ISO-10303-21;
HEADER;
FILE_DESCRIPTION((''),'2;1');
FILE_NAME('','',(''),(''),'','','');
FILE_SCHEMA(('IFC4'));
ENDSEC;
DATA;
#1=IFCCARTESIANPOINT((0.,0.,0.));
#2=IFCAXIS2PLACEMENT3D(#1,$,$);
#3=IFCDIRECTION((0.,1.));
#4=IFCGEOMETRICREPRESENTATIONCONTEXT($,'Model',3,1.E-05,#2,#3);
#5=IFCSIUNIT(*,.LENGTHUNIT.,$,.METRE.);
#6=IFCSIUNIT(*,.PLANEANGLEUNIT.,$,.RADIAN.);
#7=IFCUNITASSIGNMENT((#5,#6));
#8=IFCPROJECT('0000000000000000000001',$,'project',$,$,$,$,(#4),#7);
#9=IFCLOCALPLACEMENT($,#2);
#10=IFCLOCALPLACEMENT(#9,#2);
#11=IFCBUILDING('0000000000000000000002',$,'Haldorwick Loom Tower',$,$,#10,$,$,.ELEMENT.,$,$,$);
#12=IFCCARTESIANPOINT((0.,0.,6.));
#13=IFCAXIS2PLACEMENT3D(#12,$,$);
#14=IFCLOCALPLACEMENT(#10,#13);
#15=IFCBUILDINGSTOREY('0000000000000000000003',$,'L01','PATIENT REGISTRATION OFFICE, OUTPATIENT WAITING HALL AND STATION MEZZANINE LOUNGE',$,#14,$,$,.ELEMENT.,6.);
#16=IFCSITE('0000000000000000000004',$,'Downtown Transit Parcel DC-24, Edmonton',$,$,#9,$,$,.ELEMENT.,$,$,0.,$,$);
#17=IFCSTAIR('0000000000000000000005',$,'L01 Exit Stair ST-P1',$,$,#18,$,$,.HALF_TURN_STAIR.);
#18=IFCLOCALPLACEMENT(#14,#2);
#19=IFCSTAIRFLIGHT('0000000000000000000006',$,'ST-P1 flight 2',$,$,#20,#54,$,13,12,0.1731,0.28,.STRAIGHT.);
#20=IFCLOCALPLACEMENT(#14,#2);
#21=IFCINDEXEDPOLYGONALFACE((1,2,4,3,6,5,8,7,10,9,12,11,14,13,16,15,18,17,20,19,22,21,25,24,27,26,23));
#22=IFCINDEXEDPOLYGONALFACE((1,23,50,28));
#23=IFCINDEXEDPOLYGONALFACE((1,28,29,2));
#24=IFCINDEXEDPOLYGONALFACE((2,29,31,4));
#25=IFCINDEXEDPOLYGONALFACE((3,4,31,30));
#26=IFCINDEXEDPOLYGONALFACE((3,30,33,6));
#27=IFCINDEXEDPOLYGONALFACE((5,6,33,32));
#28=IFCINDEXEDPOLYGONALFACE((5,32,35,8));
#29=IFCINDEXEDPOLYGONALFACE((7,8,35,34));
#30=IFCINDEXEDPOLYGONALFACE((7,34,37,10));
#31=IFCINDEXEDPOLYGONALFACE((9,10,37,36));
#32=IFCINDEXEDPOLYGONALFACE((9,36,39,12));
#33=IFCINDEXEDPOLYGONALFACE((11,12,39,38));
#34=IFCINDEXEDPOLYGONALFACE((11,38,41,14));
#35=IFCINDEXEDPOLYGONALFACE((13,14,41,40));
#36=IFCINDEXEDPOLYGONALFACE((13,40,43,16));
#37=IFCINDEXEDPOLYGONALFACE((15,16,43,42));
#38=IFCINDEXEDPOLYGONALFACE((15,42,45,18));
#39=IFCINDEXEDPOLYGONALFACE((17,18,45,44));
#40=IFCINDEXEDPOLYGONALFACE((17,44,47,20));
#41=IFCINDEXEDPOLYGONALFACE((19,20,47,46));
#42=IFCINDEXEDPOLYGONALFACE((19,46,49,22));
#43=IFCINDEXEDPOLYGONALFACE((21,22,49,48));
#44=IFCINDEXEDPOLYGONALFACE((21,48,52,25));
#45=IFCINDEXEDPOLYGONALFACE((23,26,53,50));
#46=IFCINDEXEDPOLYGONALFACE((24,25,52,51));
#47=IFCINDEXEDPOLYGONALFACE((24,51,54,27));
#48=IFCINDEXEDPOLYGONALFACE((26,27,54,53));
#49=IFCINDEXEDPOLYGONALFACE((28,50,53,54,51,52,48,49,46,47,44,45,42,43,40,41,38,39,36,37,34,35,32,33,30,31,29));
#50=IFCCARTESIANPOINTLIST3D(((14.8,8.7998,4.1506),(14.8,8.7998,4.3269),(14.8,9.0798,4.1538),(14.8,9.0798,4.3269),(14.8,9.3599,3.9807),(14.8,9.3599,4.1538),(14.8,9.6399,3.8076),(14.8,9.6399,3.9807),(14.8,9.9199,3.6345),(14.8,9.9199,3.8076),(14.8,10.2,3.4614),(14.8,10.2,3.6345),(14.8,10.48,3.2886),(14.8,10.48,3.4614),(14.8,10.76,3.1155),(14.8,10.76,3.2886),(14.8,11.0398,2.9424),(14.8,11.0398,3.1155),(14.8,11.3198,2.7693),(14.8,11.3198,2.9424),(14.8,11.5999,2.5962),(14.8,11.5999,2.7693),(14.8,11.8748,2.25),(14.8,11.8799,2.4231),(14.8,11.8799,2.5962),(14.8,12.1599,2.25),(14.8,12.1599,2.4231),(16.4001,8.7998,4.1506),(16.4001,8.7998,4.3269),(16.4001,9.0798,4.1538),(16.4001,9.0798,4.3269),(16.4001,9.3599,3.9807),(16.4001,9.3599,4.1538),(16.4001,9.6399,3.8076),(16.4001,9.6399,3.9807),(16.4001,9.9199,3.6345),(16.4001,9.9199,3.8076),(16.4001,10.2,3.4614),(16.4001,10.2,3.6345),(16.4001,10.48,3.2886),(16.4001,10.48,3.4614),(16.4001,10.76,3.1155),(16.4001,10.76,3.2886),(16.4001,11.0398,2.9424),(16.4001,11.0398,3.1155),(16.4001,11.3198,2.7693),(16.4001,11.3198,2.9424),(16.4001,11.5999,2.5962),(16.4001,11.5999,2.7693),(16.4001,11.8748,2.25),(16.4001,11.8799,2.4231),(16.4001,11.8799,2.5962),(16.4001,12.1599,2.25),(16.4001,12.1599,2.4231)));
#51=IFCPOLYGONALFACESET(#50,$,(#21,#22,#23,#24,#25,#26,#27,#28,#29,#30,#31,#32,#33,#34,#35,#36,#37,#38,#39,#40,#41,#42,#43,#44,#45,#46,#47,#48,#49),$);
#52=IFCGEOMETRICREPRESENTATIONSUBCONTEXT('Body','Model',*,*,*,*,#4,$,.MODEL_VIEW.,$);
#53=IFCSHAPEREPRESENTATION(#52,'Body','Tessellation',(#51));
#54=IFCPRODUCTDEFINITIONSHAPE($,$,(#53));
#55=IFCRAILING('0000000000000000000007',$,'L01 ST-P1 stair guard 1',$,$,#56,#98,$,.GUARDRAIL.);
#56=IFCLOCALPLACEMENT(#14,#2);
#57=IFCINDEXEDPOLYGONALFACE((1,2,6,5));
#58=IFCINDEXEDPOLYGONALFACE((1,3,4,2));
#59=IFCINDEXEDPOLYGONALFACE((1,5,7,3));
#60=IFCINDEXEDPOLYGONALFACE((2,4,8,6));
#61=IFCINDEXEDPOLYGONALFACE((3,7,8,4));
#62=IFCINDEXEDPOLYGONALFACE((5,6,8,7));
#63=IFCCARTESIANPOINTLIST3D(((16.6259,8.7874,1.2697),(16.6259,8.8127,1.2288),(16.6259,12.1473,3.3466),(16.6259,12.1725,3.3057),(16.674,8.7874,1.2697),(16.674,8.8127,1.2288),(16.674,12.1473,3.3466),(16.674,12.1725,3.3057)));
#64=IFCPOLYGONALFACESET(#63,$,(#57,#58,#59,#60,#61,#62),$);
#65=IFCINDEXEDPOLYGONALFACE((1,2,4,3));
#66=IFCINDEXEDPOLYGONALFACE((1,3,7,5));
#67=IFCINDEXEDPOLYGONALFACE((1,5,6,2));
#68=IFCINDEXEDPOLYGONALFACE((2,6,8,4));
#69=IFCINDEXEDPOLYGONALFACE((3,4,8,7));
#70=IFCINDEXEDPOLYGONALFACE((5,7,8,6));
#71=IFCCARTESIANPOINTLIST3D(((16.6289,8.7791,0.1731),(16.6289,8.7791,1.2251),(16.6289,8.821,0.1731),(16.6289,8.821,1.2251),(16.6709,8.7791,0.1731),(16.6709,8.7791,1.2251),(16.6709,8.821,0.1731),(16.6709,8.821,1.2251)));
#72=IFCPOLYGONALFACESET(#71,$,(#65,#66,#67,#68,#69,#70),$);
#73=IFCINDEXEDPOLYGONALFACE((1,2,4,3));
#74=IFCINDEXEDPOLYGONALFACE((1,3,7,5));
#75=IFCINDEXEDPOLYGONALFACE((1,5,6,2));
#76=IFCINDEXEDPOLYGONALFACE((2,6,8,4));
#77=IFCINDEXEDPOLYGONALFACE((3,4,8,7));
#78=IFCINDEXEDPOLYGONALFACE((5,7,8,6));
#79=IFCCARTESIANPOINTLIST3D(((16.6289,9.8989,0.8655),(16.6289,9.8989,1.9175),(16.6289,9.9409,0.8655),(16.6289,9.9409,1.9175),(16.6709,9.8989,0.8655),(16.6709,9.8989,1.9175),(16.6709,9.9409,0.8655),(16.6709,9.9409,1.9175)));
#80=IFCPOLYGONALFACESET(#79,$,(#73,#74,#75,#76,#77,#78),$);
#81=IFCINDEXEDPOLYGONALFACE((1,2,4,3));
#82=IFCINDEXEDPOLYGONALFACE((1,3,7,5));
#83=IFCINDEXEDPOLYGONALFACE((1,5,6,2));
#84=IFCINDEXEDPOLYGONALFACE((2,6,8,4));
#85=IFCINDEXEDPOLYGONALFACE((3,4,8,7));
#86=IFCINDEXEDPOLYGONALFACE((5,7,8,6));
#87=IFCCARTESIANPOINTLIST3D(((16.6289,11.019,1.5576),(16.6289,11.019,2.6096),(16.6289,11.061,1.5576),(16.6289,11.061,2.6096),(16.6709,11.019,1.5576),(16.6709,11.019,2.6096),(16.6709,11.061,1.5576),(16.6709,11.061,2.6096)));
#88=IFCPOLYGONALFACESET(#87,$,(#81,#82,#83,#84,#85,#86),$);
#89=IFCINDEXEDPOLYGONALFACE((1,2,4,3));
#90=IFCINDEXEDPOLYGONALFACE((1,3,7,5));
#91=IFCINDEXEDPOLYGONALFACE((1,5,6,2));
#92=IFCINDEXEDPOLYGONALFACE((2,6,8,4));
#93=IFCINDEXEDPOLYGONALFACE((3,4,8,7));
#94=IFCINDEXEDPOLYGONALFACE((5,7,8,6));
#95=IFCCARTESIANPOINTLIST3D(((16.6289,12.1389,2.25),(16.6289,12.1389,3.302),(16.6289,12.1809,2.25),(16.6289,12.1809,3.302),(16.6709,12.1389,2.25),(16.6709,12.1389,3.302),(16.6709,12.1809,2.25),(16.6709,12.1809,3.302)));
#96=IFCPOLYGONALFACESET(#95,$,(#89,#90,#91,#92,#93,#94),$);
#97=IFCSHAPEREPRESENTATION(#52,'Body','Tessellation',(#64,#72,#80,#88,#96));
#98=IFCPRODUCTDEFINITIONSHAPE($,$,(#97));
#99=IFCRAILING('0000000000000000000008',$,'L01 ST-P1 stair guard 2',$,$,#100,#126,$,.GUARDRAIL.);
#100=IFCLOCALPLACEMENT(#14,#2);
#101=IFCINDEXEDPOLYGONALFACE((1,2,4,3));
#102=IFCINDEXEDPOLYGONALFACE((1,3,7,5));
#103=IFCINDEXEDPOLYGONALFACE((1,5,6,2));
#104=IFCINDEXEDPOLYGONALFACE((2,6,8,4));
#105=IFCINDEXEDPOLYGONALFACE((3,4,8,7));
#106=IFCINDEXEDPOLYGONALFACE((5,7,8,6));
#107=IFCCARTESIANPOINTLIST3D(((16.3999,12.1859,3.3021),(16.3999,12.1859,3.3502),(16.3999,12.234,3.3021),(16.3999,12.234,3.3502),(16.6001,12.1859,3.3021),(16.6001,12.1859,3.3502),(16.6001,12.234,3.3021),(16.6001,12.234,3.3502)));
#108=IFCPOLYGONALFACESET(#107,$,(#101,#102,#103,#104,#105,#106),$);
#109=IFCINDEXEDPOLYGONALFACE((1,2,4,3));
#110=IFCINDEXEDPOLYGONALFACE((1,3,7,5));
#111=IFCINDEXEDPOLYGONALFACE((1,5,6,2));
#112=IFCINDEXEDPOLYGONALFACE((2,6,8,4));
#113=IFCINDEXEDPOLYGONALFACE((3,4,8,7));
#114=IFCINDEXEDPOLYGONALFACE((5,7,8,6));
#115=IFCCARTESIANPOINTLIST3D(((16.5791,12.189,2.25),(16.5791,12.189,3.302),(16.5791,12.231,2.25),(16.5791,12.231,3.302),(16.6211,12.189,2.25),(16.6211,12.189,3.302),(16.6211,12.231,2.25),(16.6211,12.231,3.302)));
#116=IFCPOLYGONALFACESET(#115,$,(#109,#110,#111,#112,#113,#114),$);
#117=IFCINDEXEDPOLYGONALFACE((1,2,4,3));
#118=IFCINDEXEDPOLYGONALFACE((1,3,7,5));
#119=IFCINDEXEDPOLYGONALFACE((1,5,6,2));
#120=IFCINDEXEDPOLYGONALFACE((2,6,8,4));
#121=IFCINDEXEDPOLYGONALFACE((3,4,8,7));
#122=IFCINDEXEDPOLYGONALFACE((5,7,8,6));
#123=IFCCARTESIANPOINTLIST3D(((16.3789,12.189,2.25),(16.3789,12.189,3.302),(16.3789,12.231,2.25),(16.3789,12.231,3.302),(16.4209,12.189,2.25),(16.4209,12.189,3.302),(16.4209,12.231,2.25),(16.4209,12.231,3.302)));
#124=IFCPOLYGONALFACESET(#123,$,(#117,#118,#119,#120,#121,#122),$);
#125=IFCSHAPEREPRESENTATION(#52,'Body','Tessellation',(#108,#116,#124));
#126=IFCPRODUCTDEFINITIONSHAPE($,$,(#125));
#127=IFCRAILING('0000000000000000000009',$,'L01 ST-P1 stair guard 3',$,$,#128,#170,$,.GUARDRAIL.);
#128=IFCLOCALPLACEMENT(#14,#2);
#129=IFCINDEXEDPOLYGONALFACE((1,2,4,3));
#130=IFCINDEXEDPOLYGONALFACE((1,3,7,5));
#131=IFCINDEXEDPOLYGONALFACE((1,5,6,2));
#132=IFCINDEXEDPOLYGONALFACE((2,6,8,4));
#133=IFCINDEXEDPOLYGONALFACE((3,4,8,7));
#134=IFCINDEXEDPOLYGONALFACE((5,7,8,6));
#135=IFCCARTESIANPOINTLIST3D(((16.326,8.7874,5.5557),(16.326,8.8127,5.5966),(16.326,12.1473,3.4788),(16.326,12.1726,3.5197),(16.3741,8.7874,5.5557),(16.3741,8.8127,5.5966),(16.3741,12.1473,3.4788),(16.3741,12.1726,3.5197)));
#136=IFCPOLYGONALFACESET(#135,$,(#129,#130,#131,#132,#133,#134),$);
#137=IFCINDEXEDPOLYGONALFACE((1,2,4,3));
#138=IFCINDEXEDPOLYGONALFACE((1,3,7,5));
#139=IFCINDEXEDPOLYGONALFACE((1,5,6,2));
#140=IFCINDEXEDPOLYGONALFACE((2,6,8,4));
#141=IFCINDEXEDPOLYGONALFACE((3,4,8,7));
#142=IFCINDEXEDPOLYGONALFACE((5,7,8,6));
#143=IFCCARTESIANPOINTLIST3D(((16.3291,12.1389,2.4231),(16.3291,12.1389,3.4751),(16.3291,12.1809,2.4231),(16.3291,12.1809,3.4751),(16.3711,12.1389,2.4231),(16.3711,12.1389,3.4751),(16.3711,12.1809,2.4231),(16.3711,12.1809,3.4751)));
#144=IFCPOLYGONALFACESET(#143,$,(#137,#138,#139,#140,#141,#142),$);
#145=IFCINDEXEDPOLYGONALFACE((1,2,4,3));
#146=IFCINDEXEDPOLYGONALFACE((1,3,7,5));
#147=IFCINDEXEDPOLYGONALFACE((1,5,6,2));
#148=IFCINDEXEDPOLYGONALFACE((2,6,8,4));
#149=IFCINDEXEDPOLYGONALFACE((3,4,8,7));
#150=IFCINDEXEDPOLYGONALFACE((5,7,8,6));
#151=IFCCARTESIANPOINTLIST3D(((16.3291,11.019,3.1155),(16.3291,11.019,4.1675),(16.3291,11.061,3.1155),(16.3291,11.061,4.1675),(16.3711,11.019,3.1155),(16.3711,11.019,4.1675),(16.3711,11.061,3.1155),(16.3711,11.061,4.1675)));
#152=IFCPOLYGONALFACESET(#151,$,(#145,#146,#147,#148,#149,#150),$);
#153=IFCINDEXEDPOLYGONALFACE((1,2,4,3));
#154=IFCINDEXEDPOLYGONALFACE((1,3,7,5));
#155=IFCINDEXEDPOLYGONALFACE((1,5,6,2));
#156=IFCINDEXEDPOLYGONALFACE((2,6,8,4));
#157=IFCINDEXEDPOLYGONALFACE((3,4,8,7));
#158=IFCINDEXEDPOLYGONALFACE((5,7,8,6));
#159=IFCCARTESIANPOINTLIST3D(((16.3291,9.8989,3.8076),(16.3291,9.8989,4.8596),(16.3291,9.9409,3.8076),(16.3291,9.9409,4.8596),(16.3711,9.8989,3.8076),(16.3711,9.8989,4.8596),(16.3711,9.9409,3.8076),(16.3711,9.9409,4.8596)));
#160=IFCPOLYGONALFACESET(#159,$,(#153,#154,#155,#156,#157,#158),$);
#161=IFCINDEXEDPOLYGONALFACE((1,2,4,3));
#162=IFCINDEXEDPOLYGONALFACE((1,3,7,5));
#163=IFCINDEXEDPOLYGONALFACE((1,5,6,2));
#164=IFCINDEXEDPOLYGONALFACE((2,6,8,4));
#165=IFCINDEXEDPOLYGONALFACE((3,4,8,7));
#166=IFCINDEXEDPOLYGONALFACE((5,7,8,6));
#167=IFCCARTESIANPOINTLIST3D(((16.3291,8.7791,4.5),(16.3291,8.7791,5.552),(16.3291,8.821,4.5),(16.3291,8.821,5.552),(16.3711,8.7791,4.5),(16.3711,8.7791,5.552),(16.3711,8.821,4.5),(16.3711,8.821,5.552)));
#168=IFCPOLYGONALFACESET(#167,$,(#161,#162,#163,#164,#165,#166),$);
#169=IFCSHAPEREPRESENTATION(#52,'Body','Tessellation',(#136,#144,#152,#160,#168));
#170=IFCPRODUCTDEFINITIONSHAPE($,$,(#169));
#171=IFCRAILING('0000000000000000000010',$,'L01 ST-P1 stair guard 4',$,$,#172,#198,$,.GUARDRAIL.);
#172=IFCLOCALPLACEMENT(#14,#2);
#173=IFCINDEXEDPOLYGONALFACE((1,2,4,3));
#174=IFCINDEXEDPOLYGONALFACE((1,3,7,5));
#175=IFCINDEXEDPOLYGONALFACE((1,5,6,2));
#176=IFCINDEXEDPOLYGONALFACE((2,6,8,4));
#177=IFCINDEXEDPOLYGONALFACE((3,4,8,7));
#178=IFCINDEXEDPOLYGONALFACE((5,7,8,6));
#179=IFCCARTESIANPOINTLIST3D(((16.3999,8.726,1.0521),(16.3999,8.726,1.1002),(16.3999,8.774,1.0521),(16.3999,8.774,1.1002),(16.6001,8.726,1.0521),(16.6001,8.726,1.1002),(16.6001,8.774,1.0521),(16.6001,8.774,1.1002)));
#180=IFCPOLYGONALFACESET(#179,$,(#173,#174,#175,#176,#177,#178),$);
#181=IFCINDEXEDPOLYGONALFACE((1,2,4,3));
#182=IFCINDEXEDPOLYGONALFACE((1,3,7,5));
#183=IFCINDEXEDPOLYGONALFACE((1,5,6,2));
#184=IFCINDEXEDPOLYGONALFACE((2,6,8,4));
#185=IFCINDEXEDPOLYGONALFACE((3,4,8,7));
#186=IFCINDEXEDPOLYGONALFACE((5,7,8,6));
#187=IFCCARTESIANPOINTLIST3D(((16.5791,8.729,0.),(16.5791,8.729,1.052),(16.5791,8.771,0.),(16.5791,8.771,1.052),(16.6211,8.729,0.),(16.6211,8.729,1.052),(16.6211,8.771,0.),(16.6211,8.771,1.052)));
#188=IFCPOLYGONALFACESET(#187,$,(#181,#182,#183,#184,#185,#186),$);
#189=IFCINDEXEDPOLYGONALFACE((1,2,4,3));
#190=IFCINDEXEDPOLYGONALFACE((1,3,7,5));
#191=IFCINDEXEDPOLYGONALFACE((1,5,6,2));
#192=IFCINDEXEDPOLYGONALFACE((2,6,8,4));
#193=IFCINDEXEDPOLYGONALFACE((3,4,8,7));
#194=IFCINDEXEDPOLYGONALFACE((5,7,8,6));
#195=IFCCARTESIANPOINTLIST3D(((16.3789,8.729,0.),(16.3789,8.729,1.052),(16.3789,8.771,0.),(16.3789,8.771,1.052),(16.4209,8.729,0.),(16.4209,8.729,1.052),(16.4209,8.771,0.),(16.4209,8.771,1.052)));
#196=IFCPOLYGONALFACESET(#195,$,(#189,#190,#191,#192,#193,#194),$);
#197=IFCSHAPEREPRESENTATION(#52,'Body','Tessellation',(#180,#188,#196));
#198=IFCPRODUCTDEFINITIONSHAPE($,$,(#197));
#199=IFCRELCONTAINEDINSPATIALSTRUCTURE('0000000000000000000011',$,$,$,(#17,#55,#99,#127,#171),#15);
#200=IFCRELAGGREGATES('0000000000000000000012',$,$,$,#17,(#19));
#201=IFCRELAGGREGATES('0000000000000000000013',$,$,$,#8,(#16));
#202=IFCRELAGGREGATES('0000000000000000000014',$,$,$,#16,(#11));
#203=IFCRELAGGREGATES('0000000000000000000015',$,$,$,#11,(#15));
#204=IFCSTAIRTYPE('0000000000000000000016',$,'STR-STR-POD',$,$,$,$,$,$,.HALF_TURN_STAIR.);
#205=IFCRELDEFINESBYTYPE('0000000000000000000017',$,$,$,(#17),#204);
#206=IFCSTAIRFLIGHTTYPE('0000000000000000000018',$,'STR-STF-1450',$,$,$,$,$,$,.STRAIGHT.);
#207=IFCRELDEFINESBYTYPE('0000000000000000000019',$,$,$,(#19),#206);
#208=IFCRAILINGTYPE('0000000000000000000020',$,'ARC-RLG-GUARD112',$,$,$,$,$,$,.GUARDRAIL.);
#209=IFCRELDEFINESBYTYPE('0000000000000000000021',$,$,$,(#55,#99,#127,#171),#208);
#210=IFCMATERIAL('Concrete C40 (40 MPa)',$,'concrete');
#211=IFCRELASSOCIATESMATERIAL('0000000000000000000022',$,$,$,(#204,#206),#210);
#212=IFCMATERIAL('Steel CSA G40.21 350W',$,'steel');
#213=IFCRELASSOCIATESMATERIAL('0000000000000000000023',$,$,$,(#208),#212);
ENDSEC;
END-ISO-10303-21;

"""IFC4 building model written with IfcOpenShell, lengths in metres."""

from ifc_helpers import new_model, si_unit, direction, frame, origin, origin_2d, place, context, subcontext, project, spatial, polyline, rectangle, outline, extrude, material, type_object, element, aggregate, save


model = new_model("IFC4")

# Units and contexts
model_context = context("Model", 3, precision=1e-05, world=origin(), true_north=direction((0.0, 1.0)))
body_context = subcontext(model_context, "Body", "Model", "MODEL_VIEW")
ifc_project = project(units=[si_unit("LENGTHUNIT", "METRE"), si_unit("PLANEANGLEUNIT", "RADIAN")], contexts=[model_context])

# Site, building, storey
site_placement = place(None, origin())
site = spatial("IfcSite", under=ifc_project, at=site_placement, Name="Downtown Transit Parcel DC-24, Edmonton", CompositionType="ELEMENT", RefElevation=0.0)
building_placement = place(site_placement, origin())
building = spatial("IfcBuilding", under=site, at=building_placement, Name="Haldorwick Loom Tower", CompositionType="ELEMENT")
storey_placement = place(building_placement, frame((0.0, 0.0, 6.0)))
storey = spatial("IfcBuildingStorey", under=building, at=storey_placement, Name="L01", Description="PATIENT REGISTRATION OFFICE, OUTPATIENT WAITING HALL AND STATION MEZZANINE LOUNGE", CompositionType="ELEMENT", Elevation=6.0)

# Shared definitions
ifc_material_1 = material(Name="Steel CSA G40.21 350W", Category="steel")

# Stair, stair flight
ifc_material_2 = material(Name="Concrete C40 (40 MPa)", Category="concrete")
stair_type = type_object("IfcStairType", Name="STR-STR-POD", PredefinedType="HALF_TURN_STAIR", material=ifc_material_2)
stair_placement = place(storey_placement, origin())
stair = element("IfcStair", 1, at=stair_placement, inside=storey, type_object=stair_type, Name="L01 Exit Stair ST-P1", PredefinedType="HALF_TURN_STAIR")
stair_flight_type = type_object("IfcStairFlightType", Name="STR-STF-1450", PredefinedType="STRAIGHT", material=ifc_material_2)
stair_flight_1_placement = place(storey_placement, frame((15.6001, 12.1599, 2.25), z_axis=(0.0, 0.0, 1.0), x_axis=(0.0, -1.0, 0.0)))
stair_flight_1 = element("IfcStairFlight", 2, at=stair_flight_1_placement, type_object=stair_flight_type, Name="ST-P1 flight 2", NumberOfRisers=13, NumberOfTreads=12, PredefinedType="STRAIGHT", RiserHeight=0.1731, TreadLength=0.28, context=body_context, shape_type="SweptSolid", body=[
    extrude(outline(polyline([(0.0, 0.0), (0.0, 0.1731), (0.28, 0.1731), (0.28, 0.3462), (0.5601, 0.3462), (0.5601, 0.5193), (0.8401, 0.5193), (0.8401, 0.6924), (1.1201, 0.6924), (1.1201, 0.8655), (1.3999, 0.8655), (1.3999, 1.0386), (1.6799, 1.0386), (1.6799, 1.2114), (1.96, 1.2114), (1.96, 1.3845), (2.24, 1.3845), (2.24, 1.5576), (2.52, 1.5576), (2.52, 1.7307), (2.8, 1.7307), (2.8, 1.9038), (3.0801, 1.9038), (3.0801, 2.0769), (3.3601, 2.0769), (3.3601, 2.25), (3.3601, 1.9006), (0.2852, 0.0), (0.0, 0.0)])), frame((0.0, 0.8, 0.0), z_axis=(0.0, -1.0, 0.0), x_axis=(1.0, 0.0, 0.0)), (0.0, 0.0, 1.0), 1.6001),
])
aggregate(stair, [stair_flight_1])

# Railings
railing_type_1 = type_object("IfcRailingType", Name="ARC-RLG-GUARD112", PredefinedType="GUARDRAIL", material=ifc_material_1)
railing_1_placement = place(storey_placement, frame((16.6499, 8.8, 0.1731)))
element("IfcRailing", 3, at=railing_1_placement, inside=storey, type_object=railing_type_1, Name="L01 ST-P1 stair guard 1", PredefinedType="GUARDRAIL", context=body_context, shape_type="SweptSolid", body=[
    extrude(rectangle(XDim=0.0481, YDim=0.0481, at=origin_2d()), frame((0.0, 0.0, 1.0762), z_axis=(0.0, 0.850606, 0.525803), x_axis=(-1.0, 0.0, 0.0)), (0.0, 0.0, 1.0), 3.95),
    extrude(rectangle(XDim=0.042, YDim=0.042, at=origin_2d()), origin(), (0.0, 0.0, 1.0), 1.052),
    extrude(rectangle(XDim=0.042, YDim=0.042, at=origin_2d()), frame((0.0, 1.1199, 0.6924)), (0.0, 0.0, 1.0), 1.052),
    extrude(rectangle(XDim=0.042, YDim=0.042, at=origin_2d()), frame((0.0, 2.24, 1.3845)), (0.0, 0.0, 1.0), 1.052),
    extrude(rectangle(XDim=0.042, YDim=0.042, at=origin_2d()), frame((0.0, 3.3599, 2.0769)), (0.0, 0.0, 1.0), 1.052),
])
railing_2_placement = place(storey_placement, frame((16.6001, 12.21, 2.25)))
element("IfcRailing", 4, at=railing_2_placement, inside=storey, type_object=railing_type_1, Name="L01 ST-P1 stair guard 2", PredefinedType="GUARDRAIL", context=body_context, shape_type="SweptSolid", body=[
    extrude(rectangle(XDim=0.0481, YDim=0.0481, at=origin_2d()), frame((0.0, 0.0, 1.0762), z_axis=(-1.0, 0.0, 0.0), x_axis=(0.0, -1.0, 0.0)), (0.0, 0.0, 1.0), 0.2002),
    extrude(rectangle(XDim=0.042, YDim=0.042, at=origin_2d()), origin(), (0.0, 0.0, 1.0), 1.052),
    extrude(rectangle(XDim=0.042, YDim=0.042, at=origin_2d()), frame((-0.2002, 0.0, 0.0)), (0.0, 0.0, 1.0), 1.052),
])
railing_3_placement = place(storey_placement, frame((16.3501, 12.1599, 2.4231)))
element("IfcRailing", 5, at=railing_3_placement, inside=storey, type_object=railing_type_1, Name="L01 ST-P1 stair guard 3", PredefinedType="GUARDRAIL", context=body_context, shape_type="SweptSolid", body=[
    extrude(rectangle(XDim=0.0481, YDim=0.0481, at=origin_2d()), frame((0.0, 0.0, 1.0762), z_axis=(0.0, -0.850606, 0.525803), x_axis=(1.0, 0.0, 0.0)), (0.0, 0.0, 1.0), 3.95),
    extrude(rectangle(XDim=0.042, YDim=0.042, at=origin_2d()), origin(), (0.0, 0.0, 1.0), 1.052),
    extrude(rectangle(XDim=0.042, YDim=0.042, at=origin_2d()), frame((0.0, -1.1199, 0.6924)), (0.0, 0.0, 1.0), 1.052),
    extrude(rectangle(XDim=0.042, YDim=0.042, at=origin_2d()), frame((0.0, -2.24, 1.3845)), (0.0, 0.0, 1.0), 1.052),
    extrude(rectangle(XDim=0.042, YDim=0.042, at=origin_2d()), frame((0.0, -3.3599, 2.0769)), (0.0, 0.0, 1.0), 1.052),
])
railing_4_placement = place(storey_placement, frame((16.6001, 8.75, 0.0)))
element("IfcRailing", 6, at=railing_4_placement, inside=storey, type_object=railing_type_1, Name="L01 ST-P1 stair guard 4", PredefinedType="GUARDRAIL", context=body_context, shape_type="SweptSolid", body=[
    extrude(rectangle(XDim=0.0481, YDim=0.0481, at=origin_2d()), frame((0.0, 0.0, 1.0762), z_axis=(-1.0, 0.0, 0.0), x_axis=(0.0, -1.0, 0.0)), (0.0, 0.0, 1.0), 0.2002),
    extrude(rectangle(XDim=0.042, YDim=0.042, at=origin_2d()), origin(), (0.0, 0.0, 1.0), 1.052),
    extrude(rectangle(XDim=0.042, YDim=0.042, at=origin_2d()), frame((-0.2002, 0.0, 0.0)), (0.0, 0.0, 1.0), 1.052),
])

save(model, "model.ifc")
